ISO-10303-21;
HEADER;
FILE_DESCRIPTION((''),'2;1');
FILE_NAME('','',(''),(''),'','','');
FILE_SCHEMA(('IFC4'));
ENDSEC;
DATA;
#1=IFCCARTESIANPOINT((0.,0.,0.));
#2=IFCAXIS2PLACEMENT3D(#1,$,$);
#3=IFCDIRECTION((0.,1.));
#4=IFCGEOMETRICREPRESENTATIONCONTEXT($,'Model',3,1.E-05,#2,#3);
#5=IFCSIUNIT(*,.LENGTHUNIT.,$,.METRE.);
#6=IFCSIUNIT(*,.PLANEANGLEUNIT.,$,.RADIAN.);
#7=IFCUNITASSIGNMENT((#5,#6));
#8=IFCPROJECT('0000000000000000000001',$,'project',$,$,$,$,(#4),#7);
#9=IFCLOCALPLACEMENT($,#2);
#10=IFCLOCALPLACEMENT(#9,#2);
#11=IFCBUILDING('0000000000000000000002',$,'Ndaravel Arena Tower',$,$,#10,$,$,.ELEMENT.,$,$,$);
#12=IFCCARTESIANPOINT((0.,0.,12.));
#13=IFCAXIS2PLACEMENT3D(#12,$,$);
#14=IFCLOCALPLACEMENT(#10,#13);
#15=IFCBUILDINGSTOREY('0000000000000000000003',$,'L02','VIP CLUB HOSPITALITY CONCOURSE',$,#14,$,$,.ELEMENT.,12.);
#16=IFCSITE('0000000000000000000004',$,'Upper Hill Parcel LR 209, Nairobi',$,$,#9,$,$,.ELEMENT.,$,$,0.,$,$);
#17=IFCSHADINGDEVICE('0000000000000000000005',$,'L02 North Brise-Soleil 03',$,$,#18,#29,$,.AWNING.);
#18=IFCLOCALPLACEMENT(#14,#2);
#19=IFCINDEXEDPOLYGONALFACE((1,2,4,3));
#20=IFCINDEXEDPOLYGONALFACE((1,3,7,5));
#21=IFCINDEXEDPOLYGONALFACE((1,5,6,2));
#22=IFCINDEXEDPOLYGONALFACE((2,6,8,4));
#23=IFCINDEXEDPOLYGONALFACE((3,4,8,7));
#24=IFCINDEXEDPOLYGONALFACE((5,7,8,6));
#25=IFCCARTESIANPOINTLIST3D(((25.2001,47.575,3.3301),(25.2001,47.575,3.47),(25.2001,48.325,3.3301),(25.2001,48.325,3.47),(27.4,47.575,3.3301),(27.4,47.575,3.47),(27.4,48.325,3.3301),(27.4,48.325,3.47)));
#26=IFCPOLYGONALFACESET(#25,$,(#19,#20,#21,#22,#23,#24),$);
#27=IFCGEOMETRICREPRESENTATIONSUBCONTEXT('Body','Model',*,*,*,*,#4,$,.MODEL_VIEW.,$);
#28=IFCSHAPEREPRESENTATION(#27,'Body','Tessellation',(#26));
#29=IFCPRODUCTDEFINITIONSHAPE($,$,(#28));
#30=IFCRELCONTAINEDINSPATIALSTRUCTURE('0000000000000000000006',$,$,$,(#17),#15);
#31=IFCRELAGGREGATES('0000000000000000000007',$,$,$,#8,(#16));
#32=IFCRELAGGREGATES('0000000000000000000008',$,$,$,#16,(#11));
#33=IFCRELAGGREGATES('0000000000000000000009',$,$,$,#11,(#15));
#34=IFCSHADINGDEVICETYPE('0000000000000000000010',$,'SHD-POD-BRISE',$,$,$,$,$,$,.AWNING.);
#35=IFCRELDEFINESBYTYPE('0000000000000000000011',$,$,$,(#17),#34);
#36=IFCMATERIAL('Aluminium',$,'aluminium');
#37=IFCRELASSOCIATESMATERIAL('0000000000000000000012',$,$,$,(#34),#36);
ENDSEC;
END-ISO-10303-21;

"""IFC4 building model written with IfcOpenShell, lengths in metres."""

from ifc_helpers import new_model, si_unit, direction, frame, origin, origin_2d, place, context, subcontext, project, spatial, rectangle, extrude, material, type_object, element, save


model = new_model("IFC4")

# Units and contexts
model_context = context("Model", 3, precision=1e-05, world=origin(), true_north=direction((0.0, 1.0)))
body_context = subcontext(model_context, "Body", "Model", "MODEL_VIEW")
ifc_project = project(units=[si_unit("LENGTHUNIT", "METRE"), si_unit("PLANEANGLEUNIT", "RADIAN")], contexts=[model_context])

# Site, building, storey
site_placement = place(None, origin())
site = spatial("IfcSite", under=ifc_project, at=site_placement, Name="Upper Hill Parcel LR 209, Nairobi", CompositionType="ELEMENT", RefElevation=0.0)
building_placement = place(site_placement, origin())
building = spatial("IfcBuilding", under=site, at=building_placement, Name="Ndaravel Arena Tower", CompositionType="ELEMENT")
storey_placement = place(building_placement, frame((0.0, 0.0, 12.0)))
storey = spatial("IfcBuildingStorey", under=building, at=storey_placement, Name="L02", Description="VIP CLUB HOSPITALITY CONCOURSE", CompositionType="ELEMENT", Elevation=12.0)

# Shading device
ifc_material_1 = material(Name="Aluminium", Category="aluminium")
shading_device_type = type_object("IfcShadingDeviceType", Name="SHD-POD-BRISE", PredefinedType="AWNING", material=ifc_material_1)
for number, where, z_axis, x_axis, name in (
    (1, (26.3, 47.95, 3.3301), (0.0, 0.0, 1.0), (1.0, 0.0, 0.0), "L02 North Brise-Soleil 03"),
):
    element("IfcShadingDevice", number, at=place(storey_placement, frame(where, z_axis=z_axis, x_axis=x_axis)), inside=storey, type_object=shading_device_type, Name=name, PredefinedType="AWNING", context=body_context, shape_type="SweptSolid", body=[
        extrude(rectangle(XDim=2.2, YDim=0.75, at=origin_2d()), origin(), (0.0, 0.0, 1.0), 0.1399),
    ])

save(model, "model.ifc")
